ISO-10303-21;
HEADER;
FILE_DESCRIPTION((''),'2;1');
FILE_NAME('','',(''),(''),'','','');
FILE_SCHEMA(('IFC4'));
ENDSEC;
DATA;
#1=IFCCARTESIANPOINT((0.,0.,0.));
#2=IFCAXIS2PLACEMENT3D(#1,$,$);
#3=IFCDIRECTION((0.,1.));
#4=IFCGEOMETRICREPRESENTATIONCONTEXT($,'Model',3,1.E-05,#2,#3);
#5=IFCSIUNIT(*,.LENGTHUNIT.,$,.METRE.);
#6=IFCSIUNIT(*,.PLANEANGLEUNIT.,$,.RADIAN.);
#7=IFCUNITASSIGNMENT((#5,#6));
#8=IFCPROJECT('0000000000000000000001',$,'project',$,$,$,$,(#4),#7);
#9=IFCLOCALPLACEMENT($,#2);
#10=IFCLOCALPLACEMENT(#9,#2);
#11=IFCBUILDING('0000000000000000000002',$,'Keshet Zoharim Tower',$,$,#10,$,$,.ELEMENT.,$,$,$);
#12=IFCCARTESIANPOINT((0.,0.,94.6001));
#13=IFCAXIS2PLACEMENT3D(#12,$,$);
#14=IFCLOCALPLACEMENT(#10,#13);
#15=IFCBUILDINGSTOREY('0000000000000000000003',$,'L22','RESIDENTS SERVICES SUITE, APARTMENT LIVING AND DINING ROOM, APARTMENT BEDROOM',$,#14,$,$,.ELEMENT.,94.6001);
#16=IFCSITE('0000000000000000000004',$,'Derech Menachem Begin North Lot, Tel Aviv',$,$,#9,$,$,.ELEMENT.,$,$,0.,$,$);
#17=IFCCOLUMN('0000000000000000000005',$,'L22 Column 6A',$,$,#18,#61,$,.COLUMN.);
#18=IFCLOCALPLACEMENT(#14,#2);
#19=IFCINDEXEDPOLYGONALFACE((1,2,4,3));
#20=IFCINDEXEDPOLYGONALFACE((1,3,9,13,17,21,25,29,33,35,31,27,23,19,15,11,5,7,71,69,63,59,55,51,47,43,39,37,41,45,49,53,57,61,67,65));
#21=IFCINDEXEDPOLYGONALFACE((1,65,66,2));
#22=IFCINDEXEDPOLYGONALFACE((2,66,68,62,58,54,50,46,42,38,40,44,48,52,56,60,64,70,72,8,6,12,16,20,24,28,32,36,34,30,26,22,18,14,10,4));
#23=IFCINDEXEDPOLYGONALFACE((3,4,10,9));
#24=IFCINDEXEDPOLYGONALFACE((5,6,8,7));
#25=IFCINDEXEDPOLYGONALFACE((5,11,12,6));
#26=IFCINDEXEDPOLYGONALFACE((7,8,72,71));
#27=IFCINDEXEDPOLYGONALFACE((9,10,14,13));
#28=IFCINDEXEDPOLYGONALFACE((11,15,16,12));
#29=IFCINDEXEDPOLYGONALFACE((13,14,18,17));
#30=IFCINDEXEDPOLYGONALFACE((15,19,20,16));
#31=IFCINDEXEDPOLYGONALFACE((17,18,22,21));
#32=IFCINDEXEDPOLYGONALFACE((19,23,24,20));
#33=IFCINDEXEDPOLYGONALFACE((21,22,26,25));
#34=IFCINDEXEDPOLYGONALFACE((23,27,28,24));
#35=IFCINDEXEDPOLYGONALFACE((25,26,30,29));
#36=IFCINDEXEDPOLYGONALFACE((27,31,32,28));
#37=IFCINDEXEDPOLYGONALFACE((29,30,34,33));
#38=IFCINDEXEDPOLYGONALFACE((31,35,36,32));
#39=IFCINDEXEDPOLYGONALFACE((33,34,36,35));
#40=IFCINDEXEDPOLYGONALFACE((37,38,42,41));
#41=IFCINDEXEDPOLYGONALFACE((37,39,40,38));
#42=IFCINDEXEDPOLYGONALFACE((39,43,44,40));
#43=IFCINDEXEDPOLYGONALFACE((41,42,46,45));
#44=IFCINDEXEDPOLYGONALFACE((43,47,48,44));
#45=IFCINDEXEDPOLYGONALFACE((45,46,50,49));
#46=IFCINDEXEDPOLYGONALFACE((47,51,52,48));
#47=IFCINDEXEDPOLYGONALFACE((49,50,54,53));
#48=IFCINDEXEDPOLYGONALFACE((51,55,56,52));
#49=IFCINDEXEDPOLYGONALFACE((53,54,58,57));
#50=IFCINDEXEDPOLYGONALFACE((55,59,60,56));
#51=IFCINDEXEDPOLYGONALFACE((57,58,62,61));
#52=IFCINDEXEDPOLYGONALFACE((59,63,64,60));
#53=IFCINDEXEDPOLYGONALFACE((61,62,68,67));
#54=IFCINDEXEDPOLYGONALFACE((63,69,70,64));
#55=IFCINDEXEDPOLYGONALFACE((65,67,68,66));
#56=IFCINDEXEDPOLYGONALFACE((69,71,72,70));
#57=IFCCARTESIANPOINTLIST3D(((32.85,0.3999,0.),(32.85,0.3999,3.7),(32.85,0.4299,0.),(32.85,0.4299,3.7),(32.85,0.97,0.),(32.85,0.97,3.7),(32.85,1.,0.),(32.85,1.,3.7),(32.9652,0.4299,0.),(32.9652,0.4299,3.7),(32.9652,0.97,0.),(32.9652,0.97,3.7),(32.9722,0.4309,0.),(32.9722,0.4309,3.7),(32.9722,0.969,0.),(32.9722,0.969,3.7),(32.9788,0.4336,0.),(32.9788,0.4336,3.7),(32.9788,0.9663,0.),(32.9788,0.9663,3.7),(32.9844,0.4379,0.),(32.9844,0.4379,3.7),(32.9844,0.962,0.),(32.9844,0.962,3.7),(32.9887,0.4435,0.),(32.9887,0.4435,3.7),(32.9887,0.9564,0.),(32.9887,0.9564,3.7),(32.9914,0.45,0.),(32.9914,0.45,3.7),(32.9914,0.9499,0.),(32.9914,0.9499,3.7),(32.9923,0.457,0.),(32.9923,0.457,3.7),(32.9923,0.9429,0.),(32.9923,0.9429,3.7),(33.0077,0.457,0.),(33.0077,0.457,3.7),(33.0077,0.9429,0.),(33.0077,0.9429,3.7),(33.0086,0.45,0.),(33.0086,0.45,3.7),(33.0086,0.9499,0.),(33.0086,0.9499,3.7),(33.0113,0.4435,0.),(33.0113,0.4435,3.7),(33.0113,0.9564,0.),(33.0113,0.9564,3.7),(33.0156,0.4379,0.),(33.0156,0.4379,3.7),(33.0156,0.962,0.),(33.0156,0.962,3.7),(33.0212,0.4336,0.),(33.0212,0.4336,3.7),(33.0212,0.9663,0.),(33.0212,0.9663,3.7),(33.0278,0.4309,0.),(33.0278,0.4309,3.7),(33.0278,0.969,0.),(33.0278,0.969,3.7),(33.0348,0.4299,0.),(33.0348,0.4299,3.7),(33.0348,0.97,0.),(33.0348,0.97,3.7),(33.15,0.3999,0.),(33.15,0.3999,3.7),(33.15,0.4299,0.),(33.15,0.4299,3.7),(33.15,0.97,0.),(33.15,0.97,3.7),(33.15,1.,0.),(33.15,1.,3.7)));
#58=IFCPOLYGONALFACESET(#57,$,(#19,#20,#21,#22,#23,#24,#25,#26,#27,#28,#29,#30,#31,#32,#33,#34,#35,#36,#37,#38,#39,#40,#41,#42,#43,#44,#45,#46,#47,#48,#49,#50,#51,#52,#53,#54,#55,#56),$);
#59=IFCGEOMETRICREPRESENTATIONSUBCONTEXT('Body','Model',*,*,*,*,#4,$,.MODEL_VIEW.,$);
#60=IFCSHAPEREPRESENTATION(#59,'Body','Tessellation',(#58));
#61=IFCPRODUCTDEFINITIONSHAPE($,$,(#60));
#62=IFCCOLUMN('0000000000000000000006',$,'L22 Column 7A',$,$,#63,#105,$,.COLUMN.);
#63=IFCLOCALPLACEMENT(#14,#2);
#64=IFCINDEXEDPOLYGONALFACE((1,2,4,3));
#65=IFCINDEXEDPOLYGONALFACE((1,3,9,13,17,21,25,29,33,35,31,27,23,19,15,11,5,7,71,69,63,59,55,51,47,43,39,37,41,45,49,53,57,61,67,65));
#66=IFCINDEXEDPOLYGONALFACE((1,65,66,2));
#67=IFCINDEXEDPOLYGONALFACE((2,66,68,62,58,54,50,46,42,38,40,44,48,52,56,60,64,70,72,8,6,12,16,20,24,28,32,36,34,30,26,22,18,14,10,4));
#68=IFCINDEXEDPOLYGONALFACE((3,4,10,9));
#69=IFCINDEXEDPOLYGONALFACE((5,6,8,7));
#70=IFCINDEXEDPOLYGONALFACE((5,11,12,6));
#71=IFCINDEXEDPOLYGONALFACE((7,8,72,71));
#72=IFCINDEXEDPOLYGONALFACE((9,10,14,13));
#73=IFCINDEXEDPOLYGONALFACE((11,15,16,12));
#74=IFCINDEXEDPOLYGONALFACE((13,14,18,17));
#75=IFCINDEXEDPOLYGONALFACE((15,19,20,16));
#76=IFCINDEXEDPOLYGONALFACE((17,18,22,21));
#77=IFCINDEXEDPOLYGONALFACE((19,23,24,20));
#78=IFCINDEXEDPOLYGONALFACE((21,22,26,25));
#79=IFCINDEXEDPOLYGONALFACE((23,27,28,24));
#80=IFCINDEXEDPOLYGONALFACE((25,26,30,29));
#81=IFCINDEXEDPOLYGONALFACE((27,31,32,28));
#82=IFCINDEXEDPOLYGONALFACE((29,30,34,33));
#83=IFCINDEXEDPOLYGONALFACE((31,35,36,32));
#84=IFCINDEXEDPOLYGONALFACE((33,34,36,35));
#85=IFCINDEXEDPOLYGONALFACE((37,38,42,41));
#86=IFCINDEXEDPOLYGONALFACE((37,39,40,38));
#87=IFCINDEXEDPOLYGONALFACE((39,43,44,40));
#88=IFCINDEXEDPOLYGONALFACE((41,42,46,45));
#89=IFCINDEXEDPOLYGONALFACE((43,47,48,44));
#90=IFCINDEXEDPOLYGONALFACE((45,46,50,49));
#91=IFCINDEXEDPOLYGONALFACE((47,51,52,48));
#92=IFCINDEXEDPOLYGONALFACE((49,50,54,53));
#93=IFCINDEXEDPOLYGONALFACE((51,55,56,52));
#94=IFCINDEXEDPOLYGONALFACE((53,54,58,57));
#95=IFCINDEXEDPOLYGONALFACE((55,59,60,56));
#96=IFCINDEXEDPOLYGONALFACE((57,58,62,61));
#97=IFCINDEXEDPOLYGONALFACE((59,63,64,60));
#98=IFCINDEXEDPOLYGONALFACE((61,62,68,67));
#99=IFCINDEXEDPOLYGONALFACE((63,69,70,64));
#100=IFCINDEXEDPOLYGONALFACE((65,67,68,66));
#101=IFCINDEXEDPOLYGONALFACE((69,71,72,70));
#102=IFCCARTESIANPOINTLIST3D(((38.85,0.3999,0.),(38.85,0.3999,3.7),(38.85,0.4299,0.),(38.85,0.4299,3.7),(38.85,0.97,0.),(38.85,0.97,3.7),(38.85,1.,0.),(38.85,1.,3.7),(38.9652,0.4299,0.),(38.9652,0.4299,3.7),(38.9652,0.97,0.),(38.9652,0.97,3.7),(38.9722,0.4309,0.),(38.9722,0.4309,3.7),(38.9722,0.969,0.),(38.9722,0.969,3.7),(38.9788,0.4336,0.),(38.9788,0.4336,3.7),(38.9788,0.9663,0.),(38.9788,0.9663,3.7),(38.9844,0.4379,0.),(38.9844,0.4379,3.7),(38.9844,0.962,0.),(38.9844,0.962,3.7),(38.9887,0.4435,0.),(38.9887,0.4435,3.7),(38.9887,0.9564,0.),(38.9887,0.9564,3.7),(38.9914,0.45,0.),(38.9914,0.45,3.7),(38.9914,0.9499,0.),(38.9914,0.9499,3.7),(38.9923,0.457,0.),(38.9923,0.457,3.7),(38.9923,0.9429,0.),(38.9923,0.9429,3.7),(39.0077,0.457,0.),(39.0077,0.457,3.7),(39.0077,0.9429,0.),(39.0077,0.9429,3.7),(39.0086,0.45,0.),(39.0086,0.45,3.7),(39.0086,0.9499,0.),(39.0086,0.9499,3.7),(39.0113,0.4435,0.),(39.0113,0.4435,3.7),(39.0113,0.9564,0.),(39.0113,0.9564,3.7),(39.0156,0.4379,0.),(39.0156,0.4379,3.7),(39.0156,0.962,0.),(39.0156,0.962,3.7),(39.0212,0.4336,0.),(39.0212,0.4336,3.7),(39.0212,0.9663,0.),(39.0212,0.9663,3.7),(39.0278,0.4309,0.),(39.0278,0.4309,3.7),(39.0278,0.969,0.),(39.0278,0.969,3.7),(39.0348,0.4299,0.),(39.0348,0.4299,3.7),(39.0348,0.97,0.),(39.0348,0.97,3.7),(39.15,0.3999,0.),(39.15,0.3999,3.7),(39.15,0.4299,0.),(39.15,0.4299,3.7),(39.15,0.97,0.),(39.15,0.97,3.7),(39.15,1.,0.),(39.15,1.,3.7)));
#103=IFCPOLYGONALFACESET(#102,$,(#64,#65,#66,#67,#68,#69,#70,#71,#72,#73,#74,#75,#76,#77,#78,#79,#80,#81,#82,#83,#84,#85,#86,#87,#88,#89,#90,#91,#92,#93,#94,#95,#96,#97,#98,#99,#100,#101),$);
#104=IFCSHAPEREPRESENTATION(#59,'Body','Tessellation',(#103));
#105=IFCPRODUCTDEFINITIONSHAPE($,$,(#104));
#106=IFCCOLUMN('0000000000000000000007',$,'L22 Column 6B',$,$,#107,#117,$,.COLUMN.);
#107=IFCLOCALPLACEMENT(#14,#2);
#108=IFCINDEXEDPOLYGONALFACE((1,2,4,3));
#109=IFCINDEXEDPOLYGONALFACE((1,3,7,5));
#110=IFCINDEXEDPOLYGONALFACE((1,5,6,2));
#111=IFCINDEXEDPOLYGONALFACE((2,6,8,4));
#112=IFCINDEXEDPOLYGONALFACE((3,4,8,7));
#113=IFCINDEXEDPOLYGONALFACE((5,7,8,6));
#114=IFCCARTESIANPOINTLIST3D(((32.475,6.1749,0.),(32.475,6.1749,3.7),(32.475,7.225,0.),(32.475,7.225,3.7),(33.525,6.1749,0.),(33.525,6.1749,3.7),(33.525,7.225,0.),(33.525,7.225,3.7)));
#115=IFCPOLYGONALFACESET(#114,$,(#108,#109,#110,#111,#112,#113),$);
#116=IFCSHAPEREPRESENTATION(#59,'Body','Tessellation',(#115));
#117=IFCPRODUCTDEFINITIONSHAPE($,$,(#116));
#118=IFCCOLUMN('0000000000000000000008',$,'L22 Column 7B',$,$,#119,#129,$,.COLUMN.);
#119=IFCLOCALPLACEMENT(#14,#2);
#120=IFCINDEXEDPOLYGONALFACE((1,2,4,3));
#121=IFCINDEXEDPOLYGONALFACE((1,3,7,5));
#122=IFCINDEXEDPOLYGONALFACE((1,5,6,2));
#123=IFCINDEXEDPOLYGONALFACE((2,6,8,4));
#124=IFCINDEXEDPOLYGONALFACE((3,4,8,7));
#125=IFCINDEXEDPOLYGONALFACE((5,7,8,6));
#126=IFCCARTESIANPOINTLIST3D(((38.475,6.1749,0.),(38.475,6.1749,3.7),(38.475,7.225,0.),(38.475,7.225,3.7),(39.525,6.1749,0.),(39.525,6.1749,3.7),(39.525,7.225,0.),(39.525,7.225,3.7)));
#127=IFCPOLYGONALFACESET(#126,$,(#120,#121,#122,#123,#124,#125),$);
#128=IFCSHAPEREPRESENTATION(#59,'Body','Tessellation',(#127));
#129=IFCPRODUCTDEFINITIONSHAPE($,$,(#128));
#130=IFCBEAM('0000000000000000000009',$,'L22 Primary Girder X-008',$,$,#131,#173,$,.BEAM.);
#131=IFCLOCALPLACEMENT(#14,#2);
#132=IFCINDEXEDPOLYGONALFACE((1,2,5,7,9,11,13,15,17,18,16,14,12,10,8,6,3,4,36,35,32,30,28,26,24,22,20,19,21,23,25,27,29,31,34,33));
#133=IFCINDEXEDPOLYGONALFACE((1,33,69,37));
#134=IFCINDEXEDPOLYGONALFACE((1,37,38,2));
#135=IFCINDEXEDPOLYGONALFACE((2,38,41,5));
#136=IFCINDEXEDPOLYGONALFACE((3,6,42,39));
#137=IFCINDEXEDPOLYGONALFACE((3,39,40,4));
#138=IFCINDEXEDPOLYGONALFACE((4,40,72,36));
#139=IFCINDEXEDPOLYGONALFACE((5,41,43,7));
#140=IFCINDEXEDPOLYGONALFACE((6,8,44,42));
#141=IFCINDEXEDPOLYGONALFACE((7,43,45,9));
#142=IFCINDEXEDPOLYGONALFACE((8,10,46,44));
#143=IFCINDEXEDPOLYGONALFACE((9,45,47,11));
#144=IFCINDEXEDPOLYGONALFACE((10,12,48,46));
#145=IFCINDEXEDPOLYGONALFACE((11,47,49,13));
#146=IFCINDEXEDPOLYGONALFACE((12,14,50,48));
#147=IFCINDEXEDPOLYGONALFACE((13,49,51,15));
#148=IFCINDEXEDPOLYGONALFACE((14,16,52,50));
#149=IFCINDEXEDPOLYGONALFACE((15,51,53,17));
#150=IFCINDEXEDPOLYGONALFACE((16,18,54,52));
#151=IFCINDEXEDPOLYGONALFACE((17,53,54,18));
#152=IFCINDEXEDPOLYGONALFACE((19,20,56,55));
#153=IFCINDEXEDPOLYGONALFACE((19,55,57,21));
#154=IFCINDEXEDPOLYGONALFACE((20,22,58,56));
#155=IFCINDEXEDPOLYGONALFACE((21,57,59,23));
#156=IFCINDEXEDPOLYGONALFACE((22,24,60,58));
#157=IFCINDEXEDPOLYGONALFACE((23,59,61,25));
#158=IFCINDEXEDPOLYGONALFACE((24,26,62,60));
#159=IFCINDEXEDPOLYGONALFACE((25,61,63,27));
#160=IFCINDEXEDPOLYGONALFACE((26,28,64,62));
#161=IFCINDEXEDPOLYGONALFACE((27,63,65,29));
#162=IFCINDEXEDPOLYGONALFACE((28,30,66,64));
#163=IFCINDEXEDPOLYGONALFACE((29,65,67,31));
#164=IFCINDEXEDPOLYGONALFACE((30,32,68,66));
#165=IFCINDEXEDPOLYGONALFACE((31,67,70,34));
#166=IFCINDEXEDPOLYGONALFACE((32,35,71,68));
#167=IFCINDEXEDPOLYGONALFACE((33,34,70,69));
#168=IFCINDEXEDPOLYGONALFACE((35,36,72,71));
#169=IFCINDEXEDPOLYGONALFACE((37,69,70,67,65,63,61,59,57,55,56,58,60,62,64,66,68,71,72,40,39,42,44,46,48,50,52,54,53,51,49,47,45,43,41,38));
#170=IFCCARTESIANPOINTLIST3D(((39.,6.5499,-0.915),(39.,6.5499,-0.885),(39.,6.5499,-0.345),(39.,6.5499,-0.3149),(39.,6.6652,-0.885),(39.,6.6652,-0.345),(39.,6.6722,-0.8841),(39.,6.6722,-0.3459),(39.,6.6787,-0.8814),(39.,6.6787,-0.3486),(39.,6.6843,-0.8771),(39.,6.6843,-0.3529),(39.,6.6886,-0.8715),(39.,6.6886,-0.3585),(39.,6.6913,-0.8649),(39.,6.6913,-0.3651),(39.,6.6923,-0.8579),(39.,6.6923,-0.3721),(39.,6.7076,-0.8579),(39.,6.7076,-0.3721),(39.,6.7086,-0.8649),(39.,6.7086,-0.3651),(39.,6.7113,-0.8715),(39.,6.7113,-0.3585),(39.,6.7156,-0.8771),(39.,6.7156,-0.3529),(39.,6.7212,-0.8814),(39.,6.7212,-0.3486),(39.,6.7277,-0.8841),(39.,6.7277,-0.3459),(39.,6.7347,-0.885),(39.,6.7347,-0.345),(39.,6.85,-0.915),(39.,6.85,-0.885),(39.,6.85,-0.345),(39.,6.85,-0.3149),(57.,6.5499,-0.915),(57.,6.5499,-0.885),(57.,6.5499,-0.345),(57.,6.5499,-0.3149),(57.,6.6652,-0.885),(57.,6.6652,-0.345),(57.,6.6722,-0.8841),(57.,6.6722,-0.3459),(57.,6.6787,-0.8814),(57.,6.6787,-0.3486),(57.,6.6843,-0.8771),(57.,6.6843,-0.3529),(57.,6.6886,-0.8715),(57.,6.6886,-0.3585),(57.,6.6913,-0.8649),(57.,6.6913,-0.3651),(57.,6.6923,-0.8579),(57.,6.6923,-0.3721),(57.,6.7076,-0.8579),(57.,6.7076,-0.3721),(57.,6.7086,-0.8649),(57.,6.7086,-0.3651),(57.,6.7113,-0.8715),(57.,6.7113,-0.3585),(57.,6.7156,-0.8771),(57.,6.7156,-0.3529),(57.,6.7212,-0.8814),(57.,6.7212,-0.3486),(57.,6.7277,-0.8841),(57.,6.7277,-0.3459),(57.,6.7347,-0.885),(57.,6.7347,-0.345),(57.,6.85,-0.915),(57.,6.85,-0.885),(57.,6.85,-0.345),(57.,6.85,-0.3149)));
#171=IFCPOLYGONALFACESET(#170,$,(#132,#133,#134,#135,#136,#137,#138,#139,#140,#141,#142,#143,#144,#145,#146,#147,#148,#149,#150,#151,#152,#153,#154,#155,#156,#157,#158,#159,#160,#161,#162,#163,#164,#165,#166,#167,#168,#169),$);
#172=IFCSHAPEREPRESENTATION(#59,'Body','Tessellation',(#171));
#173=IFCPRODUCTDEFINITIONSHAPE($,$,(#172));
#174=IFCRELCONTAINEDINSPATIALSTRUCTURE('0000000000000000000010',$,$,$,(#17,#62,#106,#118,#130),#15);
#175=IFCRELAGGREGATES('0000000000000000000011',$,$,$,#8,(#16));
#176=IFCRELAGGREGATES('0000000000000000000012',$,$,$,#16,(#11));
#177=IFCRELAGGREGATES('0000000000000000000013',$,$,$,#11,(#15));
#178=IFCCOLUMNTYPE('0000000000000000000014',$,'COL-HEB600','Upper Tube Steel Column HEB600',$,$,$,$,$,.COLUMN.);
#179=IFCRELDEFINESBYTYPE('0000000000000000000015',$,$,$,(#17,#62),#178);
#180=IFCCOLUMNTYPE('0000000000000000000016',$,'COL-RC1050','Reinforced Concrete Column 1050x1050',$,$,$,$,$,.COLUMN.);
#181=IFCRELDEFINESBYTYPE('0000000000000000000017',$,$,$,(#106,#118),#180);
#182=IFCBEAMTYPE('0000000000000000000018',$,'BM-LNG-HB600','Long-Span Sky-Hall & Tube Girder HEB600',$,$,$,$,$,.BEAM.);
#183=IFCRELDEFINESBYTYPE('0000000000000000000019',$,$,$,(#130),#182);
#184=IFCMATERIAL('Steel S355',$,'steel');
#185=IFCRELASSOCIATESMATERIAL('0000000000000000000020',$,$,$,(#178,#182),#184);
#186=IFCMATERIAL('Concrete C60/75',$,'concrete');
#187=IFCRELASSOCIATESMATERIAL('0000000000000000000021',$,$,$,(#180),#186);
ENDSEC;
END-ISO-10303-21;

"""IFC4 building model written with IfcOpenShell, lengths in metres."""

from ifc_helpers import new_model, si_unit, direction, frame, origin, origin_2d, place, context, subcontext, project, spatial, rectangle, i_section, extrude, material, material_profile, profile_set, type_object, element, save


model = new_model("IFC4")

# Units and contexts
model_context = context("Model", 3, precision=1e-05, world=origin(), true_north=direction((0.0, 1.0)))
body_context = subcontext(model_context, "Body", "Model", "MODEL_VIEW")
ifc_project = project(units=[si_unit("LENGTHUNIT", "METRE"), si_unit("PLANEANGLEUNIT", "RADIAN")], contexts=[model_context])

# Site, building, storey
site_placement = place(None, origin())
site = spatial("IfcSite", under=ifc_project, at=site_placement, Name="Derech Menachem Begin North Lot, Tel Aviv", CompositionType="ELEMENT", RefElevation=0.0)
building_placement = place(site_placement, origin())
building = spatial("IfcBuilding", under=site, at=building_placement, Name="Keshet Zoharim Tower", CompositionType="ELEMENT")
storey_placement = place(building_placement, frame((0.0, 0.0, 94.6001)))
storey = spatial("IfcBuildingStorey", under=building, at=storey_placement, Name="L22", Description="RESIDENTS SERVICES SUITE, APARTMENT LIVING AND DINING ROOM, APARTMENT BEDROOM", CompositionType="ELEMENT", Elevation=94.6001)

# Columns
ifc_material_1 = material(Name="Steel S355", Category="steel")
ifc_material_profile_1 = material_profile(ifc_material_1, i_section(OverallWidth=0.3, OverallDepth=0.6001, WebThickness=0.0154, FlangeThickness=0.03, FilletRadius=0.0271, at=origin_2d()), Name="HEB600")
ifc_profile_set_1 = profile_set([ifc_material_profile_1], Name="Steel S355")
column_type_1 = type_object("IfcColumnType", Name="COL-HEB600", Description="Upper Tube Steel Column HEB600", PredefinedType="COLUMN", material=ifc_profile_set_1)
for number, where, z_axis, x_axis, name in (
    (1, (33.0, 0.7, 0.0), (0.0, 0.0, 1.0), (1.0, 0.0, 0.0), "L22 Column 6A"),
    (2, (39.0, 0.7, 0.0), (0.0, 0.0, 1.0), (1.0, 0.0, 0.0), "L22 Column 7A"),
):
    element("IfcColumn", number, at=place(storey_placement, frame(where, z_axis=z_axis, x_axis=x_axis)), inside=storey, type_object=column_type_1, Name=name, PredefinedType="COLUMN", context=body_context, shape_type="SweptSolid", body=[
        extrude(i_section(OverallWidth=0.3, OverallDepth=0.6001, WebThickness=0.0154, FlangeThickness=0.03, FilletRadius=0.0271, at=origin_2d()), origin(), (0.0, 0.0, 1.0), 3.7),
    ])
ifc_material_2 = material(Name="Concrete C60/75", Category="concrete")
ifc_material_profile_2 = material_profile(ifc_material_2, rectangle(XDim=1.05, YDim=1.05, at=origin_2d()), Name="RC1050x1050")
ifc_profile_set_2 = profile_set([ifc_material_profile_2], Name="Concrete C60/75")
column_type_2 = type_object("IfcColumnType", Name="COL-RC1050", Description="Reinforced Concrete Column 1050x1050", PredefinedType="COLUMN", material=ifc_profile_set_2)
for number, where, z_axis, x_axis, name in (
    (3, (33.0, 6.7, 0.0), (0.0, 0.0, 1.0), (1.0, 0.0, 0.0), "L22 Column 6B"),
    (4, (39.0, 6.7, 0.0), (0.0, 0.0, 1.0), (1.0, 0.0, 0.0), "L22 Column 7B"),
):
    element("IfcColumn", number, at=place(storey_placement, frame(where, z_axis=z_axis, x_axis=x_axis)), inside=storey, type_object=column_type_2, Name=name, PredefinedType="COLUMN", context=body_context, shape_type="SweptSolid", body=[
        extrude(rectangle(XDim=1.05, YDim=1.05, at=origin_2d()), origin(), (0.0, 0.0, 1.0), 3.7),
    ])

# Beam
ifc_material_profile_3 = material_profile(ifc_material_1, i_section(OverallWidth=0.3, OverallDepth=0.6001, WebThickness=0.0154, FlangeThickness=0.03, FilletRadius=0.0271, at=origin_2d()), Name="HEB600")
ifc_profile_set_3 = profile_set([ifc_material_profile_3], Name="Steel S355")
beam_type_1 = type_object("IfcBeamType", Name="BM-LNG-HB600", Description="Long-Span Sky-Hall & Tube Girder HEB600", PredefinedType="BEAM", material=ifc_profile_set_3)
beam_placement = place(storey_placement, frame((39.0, 6.7, -0.615), z_axis=(1.0, 0.0, 0.0), x_axis=(0.0, 1.0, 0.0)))
element("IfcBeam", 5, at=beam_placement, inside=storey, type_object=beam_type_1, Name="L22 Primary Girder X-008", PredefinedType="BEAM", context=body_context, shape_type="SweptSolid", body=[
    extrude(i_section(OverallWidth=0.3, OverallDepth=0.6001, WebThickness=0.0154, FlangeThickness=0.03, FilletRadius=0.0271, at=origin_2d()), origin(), (0.0, 0.0, 1.0), 18.0),
])

save(model, "model.ifc")
